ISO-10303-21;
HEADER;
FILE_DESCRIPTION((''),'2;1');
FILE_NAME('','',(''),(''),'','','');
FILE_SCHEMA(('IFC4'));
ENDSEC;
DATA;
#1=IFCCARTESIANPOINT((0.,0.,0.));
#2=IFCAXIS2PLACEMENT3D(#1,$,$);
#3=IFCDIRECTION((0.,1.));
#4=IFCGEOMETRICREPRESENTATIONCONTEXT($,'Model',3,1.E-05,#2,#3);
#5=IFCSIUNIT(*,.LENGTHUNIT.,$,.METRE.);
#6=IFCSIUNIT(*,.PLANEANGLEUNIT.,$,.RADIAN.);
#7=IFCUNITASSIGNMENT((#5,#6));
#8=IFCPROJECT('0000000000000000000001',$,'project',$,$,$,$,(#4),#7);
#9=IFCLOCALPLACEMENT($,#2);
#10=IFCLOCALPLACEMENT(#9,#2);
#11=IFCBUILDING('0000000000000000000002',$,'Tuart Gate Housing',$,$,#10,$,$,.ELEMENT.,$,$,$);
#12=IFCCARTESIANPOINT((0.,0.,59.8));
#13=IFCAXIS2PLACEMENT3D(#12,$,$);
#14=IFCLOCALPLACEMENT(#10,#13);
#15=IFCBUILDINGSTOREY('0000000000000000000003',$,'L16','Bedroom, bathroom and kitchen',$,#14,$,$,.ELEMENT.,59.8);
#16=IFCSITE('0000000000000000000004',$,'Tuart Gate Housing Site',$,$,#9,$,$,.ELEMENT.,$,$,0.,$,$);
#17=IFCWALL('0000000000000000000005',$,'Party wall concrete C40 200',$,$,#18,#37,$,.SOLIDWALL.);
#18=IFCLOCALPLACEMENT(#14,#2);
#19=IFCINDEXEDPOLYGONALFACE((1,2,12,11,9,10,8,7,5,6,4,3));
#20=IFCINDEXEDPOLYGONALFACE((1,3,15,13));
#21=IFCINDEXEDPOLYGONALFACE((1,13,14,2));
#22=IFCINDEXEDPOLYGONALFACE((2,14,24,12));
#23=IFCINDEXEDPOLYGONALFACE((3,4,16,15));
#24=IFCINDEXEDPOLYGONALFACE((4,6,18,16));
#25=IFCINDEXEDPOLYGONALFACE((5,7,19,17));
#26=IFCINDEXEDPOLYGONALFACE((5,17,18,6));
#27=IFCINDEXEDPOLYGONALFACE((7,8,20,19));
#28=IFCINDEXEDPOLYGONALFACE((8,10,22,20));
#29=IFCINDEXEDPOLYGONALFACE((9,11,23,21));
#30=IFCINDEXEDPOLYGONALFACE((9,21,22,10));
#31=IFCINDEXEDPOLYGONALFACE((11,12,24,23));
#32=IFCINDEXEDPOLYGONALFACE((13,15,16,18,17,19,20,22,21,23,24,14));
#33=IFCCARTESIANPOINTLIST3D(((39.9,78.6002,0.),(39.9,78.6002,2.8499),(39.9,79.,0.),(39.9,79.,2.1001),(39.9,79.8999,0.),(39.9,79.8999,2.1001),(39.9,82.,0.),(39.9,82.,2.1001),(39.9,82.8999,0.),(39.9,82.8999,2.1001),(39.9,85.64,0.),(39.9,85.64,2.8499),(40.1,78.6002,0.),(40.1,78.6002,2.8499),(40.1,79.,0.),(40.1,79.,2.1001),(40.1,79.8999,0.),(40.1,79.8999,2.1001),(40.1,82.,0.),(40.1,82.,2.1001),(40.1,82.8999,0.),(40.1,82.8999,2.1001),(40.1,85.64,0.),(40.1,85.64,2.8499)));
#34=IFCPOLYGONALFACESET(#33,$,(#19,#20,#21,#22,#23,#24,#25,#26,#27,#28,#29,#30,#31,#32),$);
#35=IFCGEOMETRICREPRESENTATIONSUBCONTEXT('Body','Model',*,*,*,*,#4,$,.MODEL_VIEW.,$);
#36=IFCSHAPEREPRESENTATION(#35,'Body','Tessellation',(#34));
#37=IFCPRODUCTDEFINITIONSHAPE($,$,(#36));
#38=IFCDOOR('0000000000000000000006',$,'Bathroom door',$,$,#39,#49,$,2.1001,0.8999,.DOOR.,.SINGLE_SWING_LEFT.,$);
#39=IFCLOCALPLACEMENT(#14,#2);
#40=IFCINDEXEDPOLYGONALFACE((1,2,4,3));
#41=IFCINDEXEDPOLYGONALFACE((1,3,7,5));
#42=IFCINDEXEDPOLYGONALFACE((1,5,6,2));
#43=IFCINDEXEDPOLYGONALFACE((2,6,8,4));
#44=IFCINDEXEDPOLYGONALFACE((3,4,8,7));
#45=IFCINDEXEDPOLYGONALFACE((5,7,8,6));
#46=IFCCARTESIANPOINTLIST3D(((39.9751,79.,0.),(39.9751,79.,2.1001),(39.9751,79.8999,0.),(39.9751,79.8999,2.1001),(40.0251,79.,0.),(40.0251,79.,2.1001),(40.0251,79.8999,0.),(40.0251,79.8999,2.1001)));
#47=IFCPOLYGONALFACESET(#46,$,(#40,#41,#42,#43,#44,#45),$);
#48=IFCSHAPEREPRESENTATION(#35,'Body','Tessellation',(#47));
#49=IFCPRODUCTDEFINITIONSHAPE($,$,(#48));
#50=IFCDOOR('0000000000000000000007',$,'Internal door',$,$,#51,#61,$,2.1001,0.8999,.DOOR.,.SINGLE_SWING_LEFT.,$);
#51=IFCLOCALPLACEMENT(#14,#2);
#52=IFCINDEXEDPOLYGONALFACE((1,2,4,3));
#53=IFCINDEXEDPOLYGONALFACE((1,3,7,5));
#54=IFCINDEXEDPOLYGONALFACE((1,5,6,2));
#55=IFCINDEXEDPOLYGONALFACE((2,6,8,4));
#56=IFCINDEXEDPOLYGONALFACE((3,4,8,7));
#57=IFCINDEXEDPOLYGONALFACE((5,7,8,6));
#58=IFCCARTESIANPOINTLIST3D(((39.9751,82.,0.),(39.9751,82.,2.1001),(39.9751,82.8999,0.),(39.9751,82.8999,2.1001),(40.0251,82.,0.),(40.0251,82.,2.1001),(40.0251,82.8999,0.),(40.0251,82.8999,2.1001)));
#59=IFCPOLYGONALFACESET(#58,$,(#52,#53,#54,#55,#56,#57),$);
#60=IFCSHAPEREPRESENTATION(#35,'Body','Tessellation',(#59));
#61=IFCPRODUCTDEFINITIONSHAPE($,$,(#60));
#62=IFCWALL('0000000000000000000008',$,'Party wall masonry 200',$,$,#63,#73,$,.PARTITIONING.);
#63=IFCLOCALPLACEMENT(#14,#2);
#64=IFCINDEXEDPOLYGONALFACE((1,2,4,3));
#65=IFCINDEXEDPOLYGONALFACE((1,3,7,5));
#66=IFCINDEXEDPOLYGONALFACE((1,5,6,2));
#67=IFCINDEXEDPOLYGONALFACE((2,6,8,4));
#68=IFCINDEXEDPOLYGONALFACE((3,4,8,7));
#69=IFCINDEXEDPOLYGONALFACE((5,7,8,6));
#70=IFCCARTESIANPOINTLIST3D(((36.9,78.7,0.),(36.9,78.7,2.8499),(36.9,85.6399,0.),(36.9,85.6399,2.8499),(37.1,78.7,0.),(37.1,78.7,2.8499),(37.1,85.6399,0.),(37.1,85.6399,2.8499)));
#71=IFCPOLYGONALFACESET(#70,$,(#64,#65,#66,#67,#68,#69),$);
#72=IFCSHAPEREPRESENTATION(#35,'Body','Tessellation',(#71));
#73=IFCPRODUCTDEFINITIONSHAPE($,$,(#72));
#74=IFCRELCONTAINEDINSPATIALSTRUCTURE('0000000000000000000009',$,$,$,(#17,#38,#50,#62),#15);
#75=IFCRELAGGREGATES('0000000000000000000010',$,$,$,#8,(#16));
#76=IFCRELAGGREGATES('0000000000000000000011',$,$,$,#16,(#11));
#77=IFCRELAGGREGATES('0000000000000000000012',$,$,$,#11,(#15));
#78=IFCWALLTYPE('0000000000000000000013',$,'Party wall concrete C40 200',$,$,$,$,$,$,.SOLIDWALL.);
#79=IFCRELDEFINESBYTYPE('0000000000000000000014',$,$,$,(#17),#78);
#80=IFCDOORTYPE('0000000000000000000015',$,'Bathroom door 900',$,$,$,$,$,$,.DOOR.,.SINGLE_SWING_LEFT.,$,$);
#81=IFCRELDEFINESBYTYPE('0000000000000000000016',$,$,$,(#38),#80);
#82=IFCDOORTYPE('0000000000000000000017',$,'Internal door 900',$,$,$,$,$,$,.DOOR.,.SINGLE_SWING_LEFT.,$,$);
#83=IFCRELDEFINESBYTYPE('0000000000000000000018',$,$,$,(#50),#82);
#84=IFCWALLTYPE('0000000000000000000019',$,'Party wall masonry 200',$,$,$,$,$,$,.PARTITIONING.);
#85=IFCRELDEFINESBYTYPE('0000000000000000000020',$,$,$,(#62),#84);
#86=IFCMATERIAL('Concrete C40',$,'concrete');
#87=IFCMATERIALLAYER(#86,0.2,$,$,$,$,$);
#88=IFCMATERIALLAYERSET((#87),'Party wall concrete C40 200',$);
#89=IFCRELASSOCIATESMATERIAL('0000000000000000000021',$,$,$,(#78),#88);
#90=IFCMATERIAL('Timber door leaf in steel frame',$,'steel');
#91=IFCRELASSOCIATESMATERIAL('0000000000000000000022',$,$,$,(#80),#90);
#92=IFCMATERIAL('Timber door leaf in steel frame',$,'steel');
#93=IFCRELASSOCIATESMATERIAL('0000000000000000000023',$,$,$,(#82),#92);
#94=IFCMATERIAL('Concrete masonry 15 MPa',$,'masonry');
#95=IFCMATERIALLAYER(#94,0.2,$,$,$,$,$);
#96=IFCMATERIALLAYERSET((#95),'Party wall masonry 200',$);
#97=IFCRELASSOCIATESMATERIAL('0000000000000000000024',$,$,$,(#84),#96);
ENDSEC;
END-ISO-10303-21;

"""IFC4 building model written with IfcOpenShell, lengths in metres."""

from ifc_helpers import new_model, si_unit, direction, frame, frame_2d, origin, place, context, subcontext, project, spatial, rectangle, extrude, material, layer, layer_set, type_object, element, fill, save


model = new_model("IFC4")

# Units and contexts
model_context = context("Model", 3, precision=1e-05, world=origin(), true_north=direction((0.0, 1.0)))
body_context = subcontext(model_context, "Body", "Model", "MODEL_VIEW")
ifc_project = project(units=[si_unit("LENGTHUNIT", "METRE"), si_unit("PLANEANGLEUNIT", "RADIAN")], contexts=[model_context])

# Site, building, storey
site_placement = place(None, origin())
site = spatial("IfcSite", under=ifc_project, at=site_placement, Name="Tuart Gate Housing Site", CompositionType="ELEMENT", RefElevation=0.0)
building_placement = place(site_placement, origin())
building = spatial("IfcBuilding", under=site, at=building_placement, Name="Tuart Gate Housing", CompositionType="ELEMENT")
storey_placement = place(building_placement, frame((0.0, 0.0, 59.8)))
storey = spatial("IfcBuildingStorey", under=building, at=storey_placement, Name="L16", Description="Bedroom, bathroom and kitchen", CompositionType="ELEMENT", Elevation=59.8)

# Wall, openings, doors
ifc_material_1 = material(Name="Concrete C40", Category="concrete")
ifc_layer_1 = layer(ifc_material_1, 0.2)
ifc_layer_set_1 = layer_set([ifc_layer_1], Name="Party wall concrete C40 200")
wall_type_1 = type_object("IfcWallType", Name="Party wall concrete C40 200", PredefinedType="SOLIDWALL", material=ifc_layer_set_1)
wall_1_placement = place(storey_placement, frame((40.0, 78.6001, 0.0), z_axis=(0.0, 0.0, 1.0), x_axis=(0.0, 1.0, 0.0)))
wall_1 = element("IfcWall", 1, at=wall_1_placement, inside=storey, type_object=wall_type_1, Name="Party wall concrete C40 200", PredefinedType="SOLIDWALL", context=body_context, shape_type="SweptSolid", body=[
    extrude(rectangle(XDim=7.0398, YDim=0.2, at=frame_2d((3.52, 0.0))), origin(), (0.0, 0.0, 1.0), 2.8499),
])
opening_1_placement = place(wall_1_placement, frame((3.3999, 0.0, 0.0)))
opening_1 = element("IfcOpeningElement", 2, at=opening_1_placement, cuts=wall_1, PredefinedType="OPENING", context=body_context, shape_type="SweptSolid", body=[
    extrude(rectangle(XDim=0.8999, YDim=2.1001, at=frame_2d((0.45, 1.05))), frame((0.0, 0.1099, 0.0), z_axis=(0.0, -1.0, 0.0), x_axis=(1.0, 0.0, 0.0)), (0.0, 0.0, 1.0), 0.22),
])
opening_2_placement = place(wall_1_placement, frame((0.3999, 0.0, 0.0)))
opening_2 = element("IfcOpeningElement", 3, at=opening_2_placement, cuts=wall_1, PredefinedType="OPENING", context=body_context, shape_type="SweptSolid", body=[
    extrude(rectangle(XDim=0.8999, YDim=2.1001, at=frame_2d((0.45, 1.05))), frame((0.0, 0.1099, 0.0), z_axis=(0.0, -1.0, 0.0), x_axis=(1.0, 0.0, 0.0)), (0.0, 0.0, 1.0), 0.22),
])
ifc_material_2 = material(Name="Timber door leaf in steel frame", Category="steel")
door_type_1 = type_object("IfcDoorType", Name="Bathroom door 900", OperationType="SINGLE_SWING_LEFT", PredefinedType="DOOR", material=ifc_material_2)
door_1_placement = place(opening_2_placement, origin())
door_1 = element("IfcDoor", 4, at=door_1_placement, inside=storey, type_object=door_type_1, Name="Bathroom door", OperationType="SINGLE_SWING_LEFT", OverallHeight=2.1001, OverallWidth=0.8999, PredefinedType="DOOR", context=body_context, shape_type="SweptSolid", body=[
    extrude(rectangle(XDim=0.8999, YDim=2.1001, at=frame_2d((0.45, 1.05))), frame((0.0, 0.0249, 0.0), z_axis=(0.0, -1.0, 0.0), x_axis=(1.0, 0.0, 0.0)), (0.0, 0.0, 1.0), 0.05),
])
fill(opening_2, door_1)
ifc_material_3 = material(Name="Timber door leaf in steel frame", Category="steel")
door_type_2 = type_object("IfcDoorType", Name="Internal door 900", OperationType="SINGLE_SWING_LEFT", PredefinedType="DOOR", material=ifc_material_3)
door_2_placement = place(opening_1_placement, origin())
door_2 = element("IfcDoor", 5, at=door_2_placement, inside=storey, type_object=door_type_2, Name="Internal door", OperationType="SINGLE_SWING_LEFT", OverallHeight=2.1001, OverallWidth=0.8999, PredefinedType="DOOR", context=body_context, shape_type="SweptSolid", body=[
    extrude(rectangle(XDim=0.8999, YDim=2.1001, at=frame_2d((0.45, 1.05))), frame((0.0, 0.0249, 0.0), z_axis=(0.0, -1.0, 0.0), x_axis=(1.0, 0.0, 0.0)), (0.0, 0.0, 1.0), 0.05),
])
fill(opening_1, door_2)

# Wall
ifc_material_4 = material(Name="Concrete masonry 15 MPa", Category="masonry")
ifc_layer_2 = layer(ifc_material_4, 0.2)
ifc_layer_set_2 = layer_set([ifc_layer_2], Name="Party wall masonry 200")
wall_type_2 = type_object("IfcWallType", Name="Party wall masonry 200", PredefinedType="PARTITIONING", material=ifc_layer_set_2)
wall_2_placement = place(storey_placement, frame((37.0, 78.7, 0.0), z_axis=(0.0, 0.0, 1.0), x_axis=(0.0, 1.0, 0.0)))
element("IfcWall", 6, at=wall_2_placement, inside=storey, type_object=wall_type_2, Name="Party wall masonry 200", PredefinedType="PARTITIONING", context=body_context, shape_type="SweptSolid", body=[
    extrude(rectangle(XDim=6.9399, YDim=0.2, at=frame_2d((3.47, 0.0))), origin(), (0.0, 0.0, 1.0), 2.8499),
])

save(model, "model.ifc")
